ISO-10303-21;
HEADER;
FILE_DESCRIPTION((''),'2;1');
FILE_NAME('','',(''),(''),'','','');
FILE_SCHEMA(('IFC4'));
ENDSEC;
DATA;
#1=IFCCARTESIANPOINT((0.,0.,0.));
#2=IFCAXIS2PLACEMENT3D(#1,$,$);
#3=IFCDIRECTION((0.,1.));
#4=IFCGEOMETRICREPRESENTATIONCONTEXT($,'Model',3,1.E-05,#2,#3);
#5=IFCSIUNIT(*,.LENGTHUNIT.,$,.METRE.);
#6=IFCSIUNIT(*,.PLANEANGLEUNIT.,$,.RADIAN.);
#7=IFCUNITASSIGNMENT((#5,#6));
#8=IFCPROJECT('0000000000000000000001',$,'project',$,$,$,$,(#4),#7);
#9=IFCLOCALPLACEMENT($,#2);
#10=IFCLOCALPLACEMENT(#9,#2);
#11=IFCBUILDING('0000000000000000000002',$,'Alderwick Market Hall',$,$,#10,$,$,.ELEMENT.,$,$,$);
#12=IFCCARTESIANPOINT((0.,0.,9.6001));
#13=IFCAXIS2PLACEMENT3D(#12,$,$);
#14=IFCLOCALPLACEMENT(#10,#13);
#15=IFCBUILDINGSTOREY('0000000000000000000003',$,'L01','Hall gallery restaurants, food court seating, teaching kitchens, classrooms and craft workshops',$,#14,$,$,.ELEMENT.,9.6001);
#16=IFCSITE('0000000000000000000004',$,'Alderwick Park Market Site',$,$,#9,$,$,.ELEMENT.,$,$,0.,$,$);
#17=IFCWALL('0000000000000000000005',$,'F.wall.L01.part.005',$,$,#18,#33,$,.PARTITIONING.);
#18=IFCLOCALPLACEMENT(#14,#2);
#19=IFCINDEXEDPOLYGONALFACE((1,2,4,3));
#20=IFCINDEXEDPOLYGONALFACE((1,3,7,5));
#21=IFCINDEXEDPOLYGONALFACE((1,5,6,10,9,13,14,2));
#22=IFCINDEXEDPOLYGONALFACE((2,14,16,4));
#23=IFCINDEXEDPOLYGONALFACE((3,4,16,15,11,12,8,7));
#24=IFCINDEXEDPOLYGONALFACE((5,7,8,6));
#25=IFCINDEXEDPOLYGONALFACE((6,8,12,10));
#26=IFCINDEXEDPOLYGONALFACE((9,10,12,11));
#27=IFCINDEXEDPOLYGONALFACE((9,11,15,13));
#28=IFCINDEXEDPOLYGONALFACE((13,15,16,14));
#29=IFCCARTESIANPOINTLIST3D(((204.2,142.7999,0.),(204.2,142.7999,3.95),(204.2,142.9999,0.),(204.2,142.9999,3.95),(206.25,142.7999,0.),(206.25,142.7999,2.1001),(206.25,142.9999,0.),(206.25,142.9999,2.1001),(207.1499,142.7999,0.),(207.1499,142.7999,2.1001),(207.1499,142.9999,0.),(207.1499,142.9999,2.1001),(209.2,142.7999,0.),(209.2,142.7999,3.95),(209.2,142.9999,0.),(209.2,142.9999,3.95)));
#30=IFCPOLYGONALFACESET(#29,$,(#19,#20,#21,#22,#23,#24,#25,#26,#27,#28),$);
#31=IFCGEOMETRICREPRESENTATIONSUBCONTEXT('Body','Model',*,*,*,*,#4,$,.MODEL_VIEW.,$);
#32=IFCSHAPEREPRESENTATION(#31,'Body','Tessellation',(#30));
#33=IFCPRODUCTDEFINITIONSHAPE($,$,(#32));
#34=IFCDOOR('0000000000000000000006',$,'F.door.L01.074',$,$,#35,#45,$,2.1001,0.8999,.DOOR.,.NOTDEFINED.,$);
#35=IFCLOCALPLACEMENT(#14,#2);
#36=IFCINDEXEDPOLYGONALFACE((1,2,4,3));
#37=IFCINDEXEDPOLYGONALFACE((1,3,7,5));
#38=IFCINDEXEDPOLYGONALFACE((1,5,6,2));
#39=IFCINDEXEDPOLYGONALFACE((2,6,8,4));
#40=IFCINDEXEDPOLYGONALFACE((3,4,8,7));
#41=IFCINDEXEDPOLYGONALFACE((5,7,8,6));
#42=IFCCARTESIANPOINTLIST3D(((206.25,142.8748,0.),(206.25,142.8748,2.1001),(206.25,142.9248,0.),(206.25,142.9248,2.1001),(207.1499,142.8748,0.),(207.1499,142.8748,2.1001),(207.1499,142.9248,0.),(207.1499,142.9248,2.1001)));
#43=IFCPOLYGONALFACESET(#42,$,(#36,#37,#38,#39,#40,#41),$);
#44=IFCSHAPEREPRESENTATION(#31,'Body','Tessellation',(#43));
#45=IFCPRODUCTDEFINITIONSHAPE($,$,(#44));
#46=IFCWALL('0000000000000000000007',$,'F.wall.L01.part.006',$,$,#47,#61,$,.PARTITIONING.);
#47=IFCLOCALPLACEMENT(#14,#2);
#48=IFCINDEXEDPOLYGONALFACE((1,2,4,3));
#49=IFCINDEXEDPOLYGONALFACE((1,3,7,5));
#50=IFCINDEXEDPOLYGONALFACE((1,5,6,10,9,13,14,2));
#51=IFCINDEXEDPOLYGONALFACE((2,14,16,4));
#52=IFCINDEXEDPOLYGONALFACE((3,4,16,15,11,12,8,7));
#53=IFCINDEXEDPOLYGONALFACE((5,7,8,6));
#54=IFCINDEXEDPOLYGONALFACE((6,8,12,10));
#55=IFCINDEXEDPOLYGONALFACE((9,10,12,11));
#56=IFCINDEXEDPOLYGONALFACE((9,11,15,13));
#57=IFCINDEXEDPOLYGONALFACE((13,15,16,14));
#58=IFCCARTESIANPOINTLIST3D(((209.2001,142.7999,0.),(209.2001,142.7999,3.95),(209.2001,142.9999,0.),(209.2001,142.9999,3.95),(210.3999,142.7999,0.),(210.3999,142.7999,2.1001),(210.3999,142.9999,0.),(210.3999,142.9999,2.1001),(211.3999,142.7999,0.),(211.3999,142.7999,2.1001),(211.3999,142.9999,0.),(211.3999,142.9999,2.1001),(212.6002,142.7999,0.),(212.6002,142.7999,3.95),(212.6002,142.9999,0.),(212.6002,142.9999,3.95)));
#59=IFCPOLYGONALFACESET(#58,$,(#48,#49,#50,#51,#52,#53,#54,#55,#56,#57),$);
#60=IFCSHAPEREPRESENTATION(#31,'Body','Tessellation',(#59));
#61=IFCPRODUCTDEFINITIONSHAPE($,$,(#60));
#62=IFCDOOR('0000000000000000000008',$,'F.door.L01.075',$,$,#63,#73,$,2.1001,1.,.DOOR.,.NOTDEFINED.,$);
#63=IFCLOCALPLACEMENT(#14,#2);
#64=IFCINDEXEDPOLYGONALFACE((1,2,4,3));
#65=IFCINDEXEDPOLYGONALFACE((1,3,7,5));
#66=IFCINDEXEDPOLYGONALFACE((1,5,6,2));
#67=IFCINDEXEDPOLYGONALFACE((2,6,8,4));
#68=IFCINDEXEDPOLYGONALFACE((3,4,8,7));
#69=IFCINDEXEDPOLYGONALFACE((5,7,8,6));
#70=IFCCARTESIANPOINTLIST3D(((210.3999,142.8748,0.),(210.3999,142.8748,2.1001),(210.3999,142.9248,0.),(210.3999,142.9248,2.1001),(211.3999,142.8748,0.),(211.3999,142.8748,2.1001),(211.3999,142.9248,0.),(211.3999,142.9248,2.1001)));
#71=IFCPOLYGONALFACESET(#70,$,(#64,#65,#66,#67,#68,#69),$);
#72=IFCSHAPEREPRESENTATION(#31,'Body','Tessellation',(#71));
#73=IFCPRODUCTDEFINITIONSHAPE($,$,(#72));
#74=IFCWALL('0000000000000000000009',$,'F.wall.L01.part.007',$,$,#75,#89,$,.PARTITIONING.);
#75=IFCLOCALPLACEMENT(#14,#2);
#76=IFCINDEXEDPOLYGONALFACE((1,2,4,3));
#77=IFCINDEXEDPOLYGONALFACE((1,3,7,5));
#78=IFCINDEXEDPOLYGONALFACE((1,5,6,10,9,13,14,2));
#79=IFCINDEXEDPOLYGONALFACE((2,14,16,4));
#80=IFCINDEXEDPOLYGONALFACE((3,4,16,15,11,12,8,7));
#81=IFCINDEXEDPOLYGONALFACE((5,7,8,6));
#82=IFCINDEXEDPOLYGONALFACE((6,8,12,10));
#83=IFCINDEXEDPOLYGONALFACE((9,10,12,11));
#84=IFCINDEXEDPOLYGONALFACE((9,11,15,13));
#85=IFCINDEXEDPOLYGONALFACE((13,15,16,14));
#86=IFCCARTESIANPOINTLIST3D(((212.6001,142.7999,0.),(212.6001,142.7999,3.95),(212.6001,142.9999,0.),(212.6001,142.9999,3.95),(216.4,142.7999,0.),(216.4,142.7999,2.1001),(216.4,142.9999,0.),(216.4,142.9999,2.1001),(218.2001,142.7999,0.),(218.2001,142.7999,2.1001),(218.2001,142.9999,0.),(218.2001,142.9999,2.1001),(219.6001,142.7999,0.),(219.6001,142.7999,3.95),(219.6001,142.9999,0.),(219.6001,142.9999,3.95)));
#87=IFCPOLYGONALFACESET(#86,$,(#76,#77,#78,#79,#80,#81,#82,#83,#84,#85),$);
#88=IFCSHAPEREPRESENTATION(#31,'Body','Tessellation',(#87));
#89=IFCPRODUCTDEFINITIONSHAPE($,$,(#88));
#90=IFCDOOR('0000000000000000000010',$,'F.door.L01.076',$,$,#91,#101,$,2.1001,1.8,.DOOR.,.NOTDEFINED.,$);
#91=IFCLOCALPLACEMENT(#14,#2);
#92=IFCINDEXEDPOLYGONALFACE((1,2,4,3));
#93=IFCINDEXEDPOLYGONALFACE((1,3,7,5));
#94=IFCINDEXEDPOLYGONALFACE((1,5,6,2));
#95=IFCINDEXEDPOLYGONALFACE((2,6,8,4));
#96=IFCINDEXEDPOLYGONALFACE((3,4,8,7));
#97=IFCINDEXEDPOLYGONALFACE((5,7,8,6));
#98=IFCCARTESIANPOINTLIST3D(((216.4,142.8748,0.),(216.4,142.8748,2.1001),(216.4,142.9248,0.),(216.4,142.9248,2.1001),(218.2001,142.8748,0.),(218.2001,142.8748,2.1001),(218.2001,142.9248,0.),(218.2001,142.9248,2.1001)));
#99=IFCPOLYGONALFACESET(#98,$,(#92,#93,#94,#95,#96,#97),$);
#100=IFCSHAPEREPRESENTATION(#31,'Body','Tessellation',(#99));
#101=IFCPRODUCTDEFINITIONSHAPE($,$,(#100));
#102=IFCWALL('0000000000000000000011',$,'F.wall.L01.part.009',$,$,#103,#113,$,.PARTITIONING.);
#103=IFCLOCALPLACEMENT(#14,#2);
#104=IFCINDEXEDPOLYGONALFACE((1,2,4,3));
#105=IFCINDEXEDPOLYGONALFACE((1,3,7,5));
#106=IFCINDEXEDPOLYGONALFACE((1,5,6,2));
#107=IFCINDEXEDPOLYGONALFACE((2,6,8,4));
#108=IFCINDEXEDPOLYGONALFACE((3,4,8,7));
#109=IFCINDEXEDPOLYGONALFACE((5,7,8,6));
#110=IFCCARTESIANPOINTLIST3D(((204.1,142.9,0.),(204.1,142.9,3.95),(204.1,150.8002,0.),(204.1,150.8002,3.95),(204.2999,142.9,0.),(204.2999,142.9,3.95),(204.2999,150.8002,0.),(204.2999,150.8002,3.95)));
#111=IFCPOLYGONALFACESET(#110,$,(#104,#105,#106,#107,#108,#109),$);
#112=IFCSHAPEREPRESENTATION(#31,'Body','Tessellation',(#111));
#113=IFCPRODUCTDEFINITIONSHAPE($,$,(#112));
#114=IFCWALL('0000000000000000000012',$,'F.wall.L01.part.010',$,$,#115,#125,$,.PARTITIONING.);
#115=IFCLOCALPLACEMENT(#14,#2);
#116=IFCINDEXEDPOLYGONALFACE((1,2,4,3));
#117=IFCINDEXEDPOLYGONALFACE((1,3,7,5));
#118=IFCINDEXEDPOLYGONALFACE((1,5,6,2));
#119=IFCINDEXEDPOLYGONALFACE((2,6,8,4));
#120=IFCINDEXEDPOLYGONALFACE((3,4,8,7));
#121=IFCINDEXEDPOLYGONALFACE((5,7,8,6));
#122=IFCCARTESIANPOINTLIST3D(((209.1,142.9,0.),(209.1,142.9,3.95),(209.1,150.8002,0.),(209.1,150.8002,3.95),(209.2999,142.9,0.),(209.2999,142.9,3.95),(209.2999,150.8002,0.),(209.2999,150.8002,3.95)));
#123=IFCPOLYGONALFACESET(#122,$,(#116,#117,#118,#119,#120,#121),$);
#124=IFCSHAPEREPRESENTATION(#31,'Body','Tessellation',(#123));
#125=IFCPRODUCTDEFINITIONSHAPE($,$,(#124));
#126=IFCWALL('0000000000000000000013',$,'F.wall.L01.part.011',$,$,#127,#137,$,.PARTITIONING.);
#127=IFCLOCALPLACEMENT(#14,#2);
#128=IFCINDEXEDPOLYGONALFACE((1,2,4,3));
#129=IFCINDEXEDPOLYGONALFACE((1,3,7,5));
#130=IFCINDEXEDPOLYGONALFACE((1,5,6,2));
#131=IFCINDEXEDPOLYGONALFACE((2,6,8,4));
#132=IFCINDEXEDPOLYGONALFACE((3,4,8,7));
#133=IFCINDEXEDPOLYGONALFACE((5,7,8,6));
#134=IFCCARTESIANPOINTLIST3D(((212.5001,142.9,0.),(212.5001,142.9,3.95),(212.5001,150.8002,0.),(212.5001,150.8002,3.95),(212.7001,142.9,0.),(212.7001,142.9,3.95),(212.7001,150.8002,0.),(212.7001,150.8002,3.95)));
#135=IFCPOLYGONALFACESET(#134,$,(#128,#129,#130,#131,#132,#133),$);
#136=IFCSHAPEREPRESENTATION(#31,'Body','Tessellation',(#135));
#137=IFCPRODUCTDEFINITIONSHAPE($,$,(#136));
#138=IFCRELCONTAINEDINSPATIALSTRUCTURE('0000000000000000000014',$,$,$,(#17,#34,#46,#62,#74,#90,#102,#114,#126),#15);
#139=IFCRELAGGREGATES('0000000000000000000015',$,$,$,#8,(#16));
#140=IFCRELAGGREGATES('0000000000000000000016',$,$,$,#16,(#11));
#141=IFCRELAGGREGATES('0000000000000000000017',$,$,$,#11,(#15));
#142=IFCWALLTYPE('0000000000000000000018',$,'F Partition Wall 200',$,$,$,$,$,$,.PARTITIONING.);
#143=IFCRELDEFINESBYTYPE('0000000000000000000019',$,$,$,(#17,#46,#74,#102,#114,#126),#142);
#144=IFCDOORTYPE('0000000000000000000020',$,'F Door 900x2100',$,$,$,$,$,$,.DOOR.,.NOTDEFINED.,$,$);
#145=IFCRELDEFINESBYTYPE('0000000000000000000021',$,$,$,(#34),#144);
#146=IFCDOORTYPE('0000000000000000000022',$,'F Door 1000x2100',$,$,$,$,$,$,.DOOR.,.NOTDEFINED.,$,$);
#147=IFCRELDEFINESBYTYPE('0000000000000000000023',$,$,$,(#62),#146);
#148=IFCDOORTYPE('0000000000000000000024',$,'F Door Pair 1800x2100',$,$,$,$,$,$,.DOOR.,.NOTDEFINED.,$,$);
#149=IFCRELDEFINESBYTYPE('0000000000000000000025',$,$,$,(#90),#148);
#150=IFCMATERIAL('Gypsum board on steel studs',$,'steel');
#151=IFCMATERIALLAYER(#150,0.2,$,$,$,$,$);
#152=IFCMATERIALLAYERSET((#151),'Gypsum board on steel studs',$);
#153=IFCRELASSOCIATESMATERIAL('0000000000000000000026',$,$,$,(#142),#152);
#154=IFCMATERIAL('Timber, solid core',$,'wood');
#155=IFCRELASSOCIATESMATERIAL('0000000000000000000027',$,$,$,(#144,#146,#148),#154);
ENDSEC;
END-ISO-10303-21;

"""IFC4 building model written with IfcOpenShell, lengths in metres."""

from ifc_helpers import new_model, si_unit, direction, frame, frame_2d, origin, place, context, subcontext, project, spatial, rectangle, extrude, material, layer, layer_set, type_object, element, fill, save


model = new_model("IFC4")

# Units and contexts
model_context = context("Model", 3, precision=1e-05, world=origin(), true_north=direction((0.0, 1.0)))
body_context = subcontext(model_context, "Body", "Model", "MODEL_VIEW")
ifc_project = project(units=[si_unit("LENGTHUNIT", "METRE"), si_unit("PLANEANGLEUNIT", "RADIAN")], contexts=[model_context])

# Site, building, storey
site_placement = place(None, origin())
site = spatial("IfcSite", under=ifc_project, at=site_placement, Name="Alderwick Park Market Site", CompositionType="ELEMENT", RefElevation=0.0)
building_placement = place(site_placement, origin())
building = spatial("IfcBuilding", under=site, at=building_placement, Name="Alderwick Market Hall", CompositionType="ELEMENT")
storey_placement = place(building_placement, frame((0.0, 0.0, 9.6001)))
storey = spatial("IfcBuildingStorey", under=building, at=storey_placement, Name="L01", Description="Hall gallery restaurants, food court seating, teaching kitchens, classrooms and craft workshops", CompositionType="ELEMENT", Elevation=9.6001)

# Walls, openings, doors
ifc_material_1 = material(Name="Gypsum board on steel studs", Category="steel")
ifc_layer = layer(ifc_material_1, 0.2)
ifc_layer_set = layer_set([ifc_layer], Name="Gypsum board on steel studs")
wall_type = type_object("IfcWallType", Name="F Partition Wall 200", PredefinedType="PARTITIONING", material=ifc_layer_set)
wall_1_placement = place(storey_placement, frame((204.2, 142.8999, 0.0), z_axis=(0.0, 0.0, 1.0), x_axis=(1.0, 0.0, 0.0)))
wall_1 = element("IfcWall", 1, at=wall_1_placement, inside=storey, type_object=wall_type, Name="F.wall.L01.part.005", PredefinedType="PARTITIONING", context=body_context, shape_type="SweptSolid", body=[
    extrude(rectangle(XDim=5.0, YDim=0.2, at=frame_2d((2.5, 0.0))), origin(), (0.0, 0.0, 1.0), 3.95),
])
opening_1_placement = place(wall_1_placement, frame((2.05, 0.0, 0.0)))
opening_1 = element("IfcOpeningElement", 2, at=opening_1_placement, cuts=wall_1, PredefinedType="OPENING", context=body_context, shape_type="SweptSolid", body=[
    extrude(rectangle(XDim=0.8999, YDim=2.1001, at=frame_2d((0.45, 1.05))), frame((0.0, 0.1099, 0.0), z_axis=(0.0, -1.0, 0.0), x_axis=(1.0, 0.0, 0.0)), (0.0, 0.0, 1.0), 0.22),
])
ifc_material_2 = material(Name="Timber, solid core", Category="wood")
door_type_1 = type_object("IfcDoorType", Name="F Door 900x2100", OperationType="NOTDEFINED", PredefinedType="DOOR", material=ifc_material_2)
door_1_placement = place(opening_1_placement, origin())
door_1 = element("IfcDoor", 3, at=door_1_placement, inside=storey, type_object=door_type_1, Name="F.door.L01.074", OperationType="NOTDEFINED", OverallHeight=2.1001, OverallWidth=0.8999, PredefinedType="DOOR", context=body_context, shape_type="SweptSolid", body=[
    extrude(rectangle(XDim=0.8999, YDim=2.1001, at=frame_2d((0.45, 1.05))), frame((0.0, 0.0249, 0.0), z_axis=(0.0, -1.0, 0.0), x_axis=(1.0, 0.0, 0.0)), (0.0, 0.0, 1.0), 0.05),
])
fill(opening_1, door_1)
wall_2_placement = place(storey_placement, frame((209.2, 142.8999, 0.0), z_axis=(0.0, 0.0, 1.0), x_axis=(1.0, 0.0, 0.0)))
wall_2 = element("IfcWall", 4, at=wall_2_placement, inside=storey, type_object=wall_type, Name="F.wall.L01.part.006", PredefinedType="PARTITIONING", context=body_context, shape_type="SweptSolid", body=[
    extrude(rectangle(XDim=3.4001, YDim=0.2, at=frame_2d((1.7002, 0.0))), origin(), (0.0, 0.0, 1.0), 3.95),
])
opening_2_placement = place(wall_2_placement, frame((1.2, 0.0, 0.0)))
opening_2 = element("IfcOpeningElement", 5, at=opening_2_placement, cuts=wall_2, PredefinedType="OPENING", context=body_context, shape_type="SweptSolid", body=[
    extrude(rectangle(XDim=1.0, YDim=2.1001, at=frame_2d((0.5, 1.05))), frame((0.0, 0.1099, 0.0), z_axis=(0.0, -1.0, 0.0), x_axis=(1.0, 0.0, 0.0)), (0.0, 0.0, 1.0), 0.22),
])
door_type_2 = type_object("IfcDoorType", Name="F Door 1000x2100", OperationType="NOTDEFINED", PredefinedType="DOOR", material=ifc_material_2)
door_2_placement = place(opening_2_placement, origin())
door_2 = element("IfcDoor", 6, at=door_2_placement, inside=storey, type_object=door_type_2, Name="F.door.L01.075", OperationType="NOTDEFINED", OverallHeight=2.1001, OverallWidth=1.0, PredefinedType="DOOR", context=body_context, shape_type="SweptSolid", body=[
    extrude(rectangle(XDim=1.0, YDim=2.1001, at=frame_2d((0.5, 1.05))), frame((0.0, 0.0249, 0.0), z_axis=(0.0, -1.0, 0.0), x_axis=(1.0, 0.0, 0.0)), (0.0, 0.0, 1.0), 0.05),
])
fill(opening_2, door_2)
wall_3_placement = place(storey_placement, frame((212.6001, 142.8999, 0.0), z_axis=(0.0, 0.0, 1.0), x_axis=(1.0, 0.0, 0.0)))
wall_3 = element("IfcWall", 7, at=wall_3_placement, inside=storey, type_object=wall_type, Name="F.wall.L01.part.007", PredefinedType="PARTITIONING", context=body_context, shape_type="SweptSolid", body=[
    extrude(rectangle(XDim=7.0, YDim=0.2, at=frame_2d((3.5, 0.0))), origin(), (0.0, 0.0, 1.0), 3.95),
])
opening_3_placement = place(wall_3_placement, frame((3.8, 0.0, 0.0)))
opening_3 = element("IfcOpeningElement", 8, at=opening_3_placement, cuts=wall_3, PredefinedType="OPENING", context=body_context, shape_type="SweptSolid", body=[
    extrude(rectangle(XDim=1.8, YDim=2.1001, at=frame_2d((0.8999, 1.05))), frame((0.0, 0.1099, 0.0), z_axis=(0.0, -1.0, 0.0), x_axis=(1.0, 0.0, 0.0)), (0.0, 0.0, 1.0), 0.22),
])
door_type_3 = type_object("IfcDoorType", Name="F Door Pair 1800x2100", OperationType="NOTDEFINED", PredefinedType="DOOR", material=ifc_material_2)
door_3_placement = place(opening_3_placement, origin())
door_3 = element("IfcDoor", 9, at=door_3_placement, inside=storey, type_object=door_type_3, Name="F.door.L01.076", OperationType="NOTDEFINED", OverallHeight=2.1001, OverallWidth=1.8, PredefinedType="DOOR", context=body_context, shape_type="SweptSolid", body=[
    extrude(rectangle(XDim=1.8, YDim=2.1001, at=frame_2d((0.8999, 1.05))), frame((0.0, 0.0249, 0.0), z_axis=(0.0, -1.0, 0.0), x_axis=(1.0, 0.0, 0.0)), (0.0, 0.0, 1.0), 0.05),
])
fill(opening_3, door_3)

# Walls
for number, where, z_axis, x_axis, name in (
    (10, (204.2, 142.8999, 0.0), (0.0, 0.0, 1.0), (0.0, 1.0, 0.0), "F.wall.L01.part.009"),
    (11, (209.2, 142.8999, 0.0), (0.0, 0.0, 1.0), (0.0, 1.0, 0.0), "F.wall.L01.part.010"),
    (12, (212.6001, 142.8999, 0.0), (0.0, 0.0, 1.0), (0.0, 1.0, 0.0), "F.wall.L01.part.011"),
):
    element("IfcWall", number, at=place(storey_placement, frame(where, z_axis=z_axis, x_axis=x_axis)), inside=storey, type_object=wall_type, Name=name, PredefinedType="PARTITIONING", context=body_context, shape_type="SweptSolid", body=[
        extrude(rectangle(XDim=7.9001, YDim=0.2, at=frame_2d((3.9502, 0.0))), origin(), (0.0, 0.0, 1.0), 3.95),
    ])

save(model, "model.ifc")
